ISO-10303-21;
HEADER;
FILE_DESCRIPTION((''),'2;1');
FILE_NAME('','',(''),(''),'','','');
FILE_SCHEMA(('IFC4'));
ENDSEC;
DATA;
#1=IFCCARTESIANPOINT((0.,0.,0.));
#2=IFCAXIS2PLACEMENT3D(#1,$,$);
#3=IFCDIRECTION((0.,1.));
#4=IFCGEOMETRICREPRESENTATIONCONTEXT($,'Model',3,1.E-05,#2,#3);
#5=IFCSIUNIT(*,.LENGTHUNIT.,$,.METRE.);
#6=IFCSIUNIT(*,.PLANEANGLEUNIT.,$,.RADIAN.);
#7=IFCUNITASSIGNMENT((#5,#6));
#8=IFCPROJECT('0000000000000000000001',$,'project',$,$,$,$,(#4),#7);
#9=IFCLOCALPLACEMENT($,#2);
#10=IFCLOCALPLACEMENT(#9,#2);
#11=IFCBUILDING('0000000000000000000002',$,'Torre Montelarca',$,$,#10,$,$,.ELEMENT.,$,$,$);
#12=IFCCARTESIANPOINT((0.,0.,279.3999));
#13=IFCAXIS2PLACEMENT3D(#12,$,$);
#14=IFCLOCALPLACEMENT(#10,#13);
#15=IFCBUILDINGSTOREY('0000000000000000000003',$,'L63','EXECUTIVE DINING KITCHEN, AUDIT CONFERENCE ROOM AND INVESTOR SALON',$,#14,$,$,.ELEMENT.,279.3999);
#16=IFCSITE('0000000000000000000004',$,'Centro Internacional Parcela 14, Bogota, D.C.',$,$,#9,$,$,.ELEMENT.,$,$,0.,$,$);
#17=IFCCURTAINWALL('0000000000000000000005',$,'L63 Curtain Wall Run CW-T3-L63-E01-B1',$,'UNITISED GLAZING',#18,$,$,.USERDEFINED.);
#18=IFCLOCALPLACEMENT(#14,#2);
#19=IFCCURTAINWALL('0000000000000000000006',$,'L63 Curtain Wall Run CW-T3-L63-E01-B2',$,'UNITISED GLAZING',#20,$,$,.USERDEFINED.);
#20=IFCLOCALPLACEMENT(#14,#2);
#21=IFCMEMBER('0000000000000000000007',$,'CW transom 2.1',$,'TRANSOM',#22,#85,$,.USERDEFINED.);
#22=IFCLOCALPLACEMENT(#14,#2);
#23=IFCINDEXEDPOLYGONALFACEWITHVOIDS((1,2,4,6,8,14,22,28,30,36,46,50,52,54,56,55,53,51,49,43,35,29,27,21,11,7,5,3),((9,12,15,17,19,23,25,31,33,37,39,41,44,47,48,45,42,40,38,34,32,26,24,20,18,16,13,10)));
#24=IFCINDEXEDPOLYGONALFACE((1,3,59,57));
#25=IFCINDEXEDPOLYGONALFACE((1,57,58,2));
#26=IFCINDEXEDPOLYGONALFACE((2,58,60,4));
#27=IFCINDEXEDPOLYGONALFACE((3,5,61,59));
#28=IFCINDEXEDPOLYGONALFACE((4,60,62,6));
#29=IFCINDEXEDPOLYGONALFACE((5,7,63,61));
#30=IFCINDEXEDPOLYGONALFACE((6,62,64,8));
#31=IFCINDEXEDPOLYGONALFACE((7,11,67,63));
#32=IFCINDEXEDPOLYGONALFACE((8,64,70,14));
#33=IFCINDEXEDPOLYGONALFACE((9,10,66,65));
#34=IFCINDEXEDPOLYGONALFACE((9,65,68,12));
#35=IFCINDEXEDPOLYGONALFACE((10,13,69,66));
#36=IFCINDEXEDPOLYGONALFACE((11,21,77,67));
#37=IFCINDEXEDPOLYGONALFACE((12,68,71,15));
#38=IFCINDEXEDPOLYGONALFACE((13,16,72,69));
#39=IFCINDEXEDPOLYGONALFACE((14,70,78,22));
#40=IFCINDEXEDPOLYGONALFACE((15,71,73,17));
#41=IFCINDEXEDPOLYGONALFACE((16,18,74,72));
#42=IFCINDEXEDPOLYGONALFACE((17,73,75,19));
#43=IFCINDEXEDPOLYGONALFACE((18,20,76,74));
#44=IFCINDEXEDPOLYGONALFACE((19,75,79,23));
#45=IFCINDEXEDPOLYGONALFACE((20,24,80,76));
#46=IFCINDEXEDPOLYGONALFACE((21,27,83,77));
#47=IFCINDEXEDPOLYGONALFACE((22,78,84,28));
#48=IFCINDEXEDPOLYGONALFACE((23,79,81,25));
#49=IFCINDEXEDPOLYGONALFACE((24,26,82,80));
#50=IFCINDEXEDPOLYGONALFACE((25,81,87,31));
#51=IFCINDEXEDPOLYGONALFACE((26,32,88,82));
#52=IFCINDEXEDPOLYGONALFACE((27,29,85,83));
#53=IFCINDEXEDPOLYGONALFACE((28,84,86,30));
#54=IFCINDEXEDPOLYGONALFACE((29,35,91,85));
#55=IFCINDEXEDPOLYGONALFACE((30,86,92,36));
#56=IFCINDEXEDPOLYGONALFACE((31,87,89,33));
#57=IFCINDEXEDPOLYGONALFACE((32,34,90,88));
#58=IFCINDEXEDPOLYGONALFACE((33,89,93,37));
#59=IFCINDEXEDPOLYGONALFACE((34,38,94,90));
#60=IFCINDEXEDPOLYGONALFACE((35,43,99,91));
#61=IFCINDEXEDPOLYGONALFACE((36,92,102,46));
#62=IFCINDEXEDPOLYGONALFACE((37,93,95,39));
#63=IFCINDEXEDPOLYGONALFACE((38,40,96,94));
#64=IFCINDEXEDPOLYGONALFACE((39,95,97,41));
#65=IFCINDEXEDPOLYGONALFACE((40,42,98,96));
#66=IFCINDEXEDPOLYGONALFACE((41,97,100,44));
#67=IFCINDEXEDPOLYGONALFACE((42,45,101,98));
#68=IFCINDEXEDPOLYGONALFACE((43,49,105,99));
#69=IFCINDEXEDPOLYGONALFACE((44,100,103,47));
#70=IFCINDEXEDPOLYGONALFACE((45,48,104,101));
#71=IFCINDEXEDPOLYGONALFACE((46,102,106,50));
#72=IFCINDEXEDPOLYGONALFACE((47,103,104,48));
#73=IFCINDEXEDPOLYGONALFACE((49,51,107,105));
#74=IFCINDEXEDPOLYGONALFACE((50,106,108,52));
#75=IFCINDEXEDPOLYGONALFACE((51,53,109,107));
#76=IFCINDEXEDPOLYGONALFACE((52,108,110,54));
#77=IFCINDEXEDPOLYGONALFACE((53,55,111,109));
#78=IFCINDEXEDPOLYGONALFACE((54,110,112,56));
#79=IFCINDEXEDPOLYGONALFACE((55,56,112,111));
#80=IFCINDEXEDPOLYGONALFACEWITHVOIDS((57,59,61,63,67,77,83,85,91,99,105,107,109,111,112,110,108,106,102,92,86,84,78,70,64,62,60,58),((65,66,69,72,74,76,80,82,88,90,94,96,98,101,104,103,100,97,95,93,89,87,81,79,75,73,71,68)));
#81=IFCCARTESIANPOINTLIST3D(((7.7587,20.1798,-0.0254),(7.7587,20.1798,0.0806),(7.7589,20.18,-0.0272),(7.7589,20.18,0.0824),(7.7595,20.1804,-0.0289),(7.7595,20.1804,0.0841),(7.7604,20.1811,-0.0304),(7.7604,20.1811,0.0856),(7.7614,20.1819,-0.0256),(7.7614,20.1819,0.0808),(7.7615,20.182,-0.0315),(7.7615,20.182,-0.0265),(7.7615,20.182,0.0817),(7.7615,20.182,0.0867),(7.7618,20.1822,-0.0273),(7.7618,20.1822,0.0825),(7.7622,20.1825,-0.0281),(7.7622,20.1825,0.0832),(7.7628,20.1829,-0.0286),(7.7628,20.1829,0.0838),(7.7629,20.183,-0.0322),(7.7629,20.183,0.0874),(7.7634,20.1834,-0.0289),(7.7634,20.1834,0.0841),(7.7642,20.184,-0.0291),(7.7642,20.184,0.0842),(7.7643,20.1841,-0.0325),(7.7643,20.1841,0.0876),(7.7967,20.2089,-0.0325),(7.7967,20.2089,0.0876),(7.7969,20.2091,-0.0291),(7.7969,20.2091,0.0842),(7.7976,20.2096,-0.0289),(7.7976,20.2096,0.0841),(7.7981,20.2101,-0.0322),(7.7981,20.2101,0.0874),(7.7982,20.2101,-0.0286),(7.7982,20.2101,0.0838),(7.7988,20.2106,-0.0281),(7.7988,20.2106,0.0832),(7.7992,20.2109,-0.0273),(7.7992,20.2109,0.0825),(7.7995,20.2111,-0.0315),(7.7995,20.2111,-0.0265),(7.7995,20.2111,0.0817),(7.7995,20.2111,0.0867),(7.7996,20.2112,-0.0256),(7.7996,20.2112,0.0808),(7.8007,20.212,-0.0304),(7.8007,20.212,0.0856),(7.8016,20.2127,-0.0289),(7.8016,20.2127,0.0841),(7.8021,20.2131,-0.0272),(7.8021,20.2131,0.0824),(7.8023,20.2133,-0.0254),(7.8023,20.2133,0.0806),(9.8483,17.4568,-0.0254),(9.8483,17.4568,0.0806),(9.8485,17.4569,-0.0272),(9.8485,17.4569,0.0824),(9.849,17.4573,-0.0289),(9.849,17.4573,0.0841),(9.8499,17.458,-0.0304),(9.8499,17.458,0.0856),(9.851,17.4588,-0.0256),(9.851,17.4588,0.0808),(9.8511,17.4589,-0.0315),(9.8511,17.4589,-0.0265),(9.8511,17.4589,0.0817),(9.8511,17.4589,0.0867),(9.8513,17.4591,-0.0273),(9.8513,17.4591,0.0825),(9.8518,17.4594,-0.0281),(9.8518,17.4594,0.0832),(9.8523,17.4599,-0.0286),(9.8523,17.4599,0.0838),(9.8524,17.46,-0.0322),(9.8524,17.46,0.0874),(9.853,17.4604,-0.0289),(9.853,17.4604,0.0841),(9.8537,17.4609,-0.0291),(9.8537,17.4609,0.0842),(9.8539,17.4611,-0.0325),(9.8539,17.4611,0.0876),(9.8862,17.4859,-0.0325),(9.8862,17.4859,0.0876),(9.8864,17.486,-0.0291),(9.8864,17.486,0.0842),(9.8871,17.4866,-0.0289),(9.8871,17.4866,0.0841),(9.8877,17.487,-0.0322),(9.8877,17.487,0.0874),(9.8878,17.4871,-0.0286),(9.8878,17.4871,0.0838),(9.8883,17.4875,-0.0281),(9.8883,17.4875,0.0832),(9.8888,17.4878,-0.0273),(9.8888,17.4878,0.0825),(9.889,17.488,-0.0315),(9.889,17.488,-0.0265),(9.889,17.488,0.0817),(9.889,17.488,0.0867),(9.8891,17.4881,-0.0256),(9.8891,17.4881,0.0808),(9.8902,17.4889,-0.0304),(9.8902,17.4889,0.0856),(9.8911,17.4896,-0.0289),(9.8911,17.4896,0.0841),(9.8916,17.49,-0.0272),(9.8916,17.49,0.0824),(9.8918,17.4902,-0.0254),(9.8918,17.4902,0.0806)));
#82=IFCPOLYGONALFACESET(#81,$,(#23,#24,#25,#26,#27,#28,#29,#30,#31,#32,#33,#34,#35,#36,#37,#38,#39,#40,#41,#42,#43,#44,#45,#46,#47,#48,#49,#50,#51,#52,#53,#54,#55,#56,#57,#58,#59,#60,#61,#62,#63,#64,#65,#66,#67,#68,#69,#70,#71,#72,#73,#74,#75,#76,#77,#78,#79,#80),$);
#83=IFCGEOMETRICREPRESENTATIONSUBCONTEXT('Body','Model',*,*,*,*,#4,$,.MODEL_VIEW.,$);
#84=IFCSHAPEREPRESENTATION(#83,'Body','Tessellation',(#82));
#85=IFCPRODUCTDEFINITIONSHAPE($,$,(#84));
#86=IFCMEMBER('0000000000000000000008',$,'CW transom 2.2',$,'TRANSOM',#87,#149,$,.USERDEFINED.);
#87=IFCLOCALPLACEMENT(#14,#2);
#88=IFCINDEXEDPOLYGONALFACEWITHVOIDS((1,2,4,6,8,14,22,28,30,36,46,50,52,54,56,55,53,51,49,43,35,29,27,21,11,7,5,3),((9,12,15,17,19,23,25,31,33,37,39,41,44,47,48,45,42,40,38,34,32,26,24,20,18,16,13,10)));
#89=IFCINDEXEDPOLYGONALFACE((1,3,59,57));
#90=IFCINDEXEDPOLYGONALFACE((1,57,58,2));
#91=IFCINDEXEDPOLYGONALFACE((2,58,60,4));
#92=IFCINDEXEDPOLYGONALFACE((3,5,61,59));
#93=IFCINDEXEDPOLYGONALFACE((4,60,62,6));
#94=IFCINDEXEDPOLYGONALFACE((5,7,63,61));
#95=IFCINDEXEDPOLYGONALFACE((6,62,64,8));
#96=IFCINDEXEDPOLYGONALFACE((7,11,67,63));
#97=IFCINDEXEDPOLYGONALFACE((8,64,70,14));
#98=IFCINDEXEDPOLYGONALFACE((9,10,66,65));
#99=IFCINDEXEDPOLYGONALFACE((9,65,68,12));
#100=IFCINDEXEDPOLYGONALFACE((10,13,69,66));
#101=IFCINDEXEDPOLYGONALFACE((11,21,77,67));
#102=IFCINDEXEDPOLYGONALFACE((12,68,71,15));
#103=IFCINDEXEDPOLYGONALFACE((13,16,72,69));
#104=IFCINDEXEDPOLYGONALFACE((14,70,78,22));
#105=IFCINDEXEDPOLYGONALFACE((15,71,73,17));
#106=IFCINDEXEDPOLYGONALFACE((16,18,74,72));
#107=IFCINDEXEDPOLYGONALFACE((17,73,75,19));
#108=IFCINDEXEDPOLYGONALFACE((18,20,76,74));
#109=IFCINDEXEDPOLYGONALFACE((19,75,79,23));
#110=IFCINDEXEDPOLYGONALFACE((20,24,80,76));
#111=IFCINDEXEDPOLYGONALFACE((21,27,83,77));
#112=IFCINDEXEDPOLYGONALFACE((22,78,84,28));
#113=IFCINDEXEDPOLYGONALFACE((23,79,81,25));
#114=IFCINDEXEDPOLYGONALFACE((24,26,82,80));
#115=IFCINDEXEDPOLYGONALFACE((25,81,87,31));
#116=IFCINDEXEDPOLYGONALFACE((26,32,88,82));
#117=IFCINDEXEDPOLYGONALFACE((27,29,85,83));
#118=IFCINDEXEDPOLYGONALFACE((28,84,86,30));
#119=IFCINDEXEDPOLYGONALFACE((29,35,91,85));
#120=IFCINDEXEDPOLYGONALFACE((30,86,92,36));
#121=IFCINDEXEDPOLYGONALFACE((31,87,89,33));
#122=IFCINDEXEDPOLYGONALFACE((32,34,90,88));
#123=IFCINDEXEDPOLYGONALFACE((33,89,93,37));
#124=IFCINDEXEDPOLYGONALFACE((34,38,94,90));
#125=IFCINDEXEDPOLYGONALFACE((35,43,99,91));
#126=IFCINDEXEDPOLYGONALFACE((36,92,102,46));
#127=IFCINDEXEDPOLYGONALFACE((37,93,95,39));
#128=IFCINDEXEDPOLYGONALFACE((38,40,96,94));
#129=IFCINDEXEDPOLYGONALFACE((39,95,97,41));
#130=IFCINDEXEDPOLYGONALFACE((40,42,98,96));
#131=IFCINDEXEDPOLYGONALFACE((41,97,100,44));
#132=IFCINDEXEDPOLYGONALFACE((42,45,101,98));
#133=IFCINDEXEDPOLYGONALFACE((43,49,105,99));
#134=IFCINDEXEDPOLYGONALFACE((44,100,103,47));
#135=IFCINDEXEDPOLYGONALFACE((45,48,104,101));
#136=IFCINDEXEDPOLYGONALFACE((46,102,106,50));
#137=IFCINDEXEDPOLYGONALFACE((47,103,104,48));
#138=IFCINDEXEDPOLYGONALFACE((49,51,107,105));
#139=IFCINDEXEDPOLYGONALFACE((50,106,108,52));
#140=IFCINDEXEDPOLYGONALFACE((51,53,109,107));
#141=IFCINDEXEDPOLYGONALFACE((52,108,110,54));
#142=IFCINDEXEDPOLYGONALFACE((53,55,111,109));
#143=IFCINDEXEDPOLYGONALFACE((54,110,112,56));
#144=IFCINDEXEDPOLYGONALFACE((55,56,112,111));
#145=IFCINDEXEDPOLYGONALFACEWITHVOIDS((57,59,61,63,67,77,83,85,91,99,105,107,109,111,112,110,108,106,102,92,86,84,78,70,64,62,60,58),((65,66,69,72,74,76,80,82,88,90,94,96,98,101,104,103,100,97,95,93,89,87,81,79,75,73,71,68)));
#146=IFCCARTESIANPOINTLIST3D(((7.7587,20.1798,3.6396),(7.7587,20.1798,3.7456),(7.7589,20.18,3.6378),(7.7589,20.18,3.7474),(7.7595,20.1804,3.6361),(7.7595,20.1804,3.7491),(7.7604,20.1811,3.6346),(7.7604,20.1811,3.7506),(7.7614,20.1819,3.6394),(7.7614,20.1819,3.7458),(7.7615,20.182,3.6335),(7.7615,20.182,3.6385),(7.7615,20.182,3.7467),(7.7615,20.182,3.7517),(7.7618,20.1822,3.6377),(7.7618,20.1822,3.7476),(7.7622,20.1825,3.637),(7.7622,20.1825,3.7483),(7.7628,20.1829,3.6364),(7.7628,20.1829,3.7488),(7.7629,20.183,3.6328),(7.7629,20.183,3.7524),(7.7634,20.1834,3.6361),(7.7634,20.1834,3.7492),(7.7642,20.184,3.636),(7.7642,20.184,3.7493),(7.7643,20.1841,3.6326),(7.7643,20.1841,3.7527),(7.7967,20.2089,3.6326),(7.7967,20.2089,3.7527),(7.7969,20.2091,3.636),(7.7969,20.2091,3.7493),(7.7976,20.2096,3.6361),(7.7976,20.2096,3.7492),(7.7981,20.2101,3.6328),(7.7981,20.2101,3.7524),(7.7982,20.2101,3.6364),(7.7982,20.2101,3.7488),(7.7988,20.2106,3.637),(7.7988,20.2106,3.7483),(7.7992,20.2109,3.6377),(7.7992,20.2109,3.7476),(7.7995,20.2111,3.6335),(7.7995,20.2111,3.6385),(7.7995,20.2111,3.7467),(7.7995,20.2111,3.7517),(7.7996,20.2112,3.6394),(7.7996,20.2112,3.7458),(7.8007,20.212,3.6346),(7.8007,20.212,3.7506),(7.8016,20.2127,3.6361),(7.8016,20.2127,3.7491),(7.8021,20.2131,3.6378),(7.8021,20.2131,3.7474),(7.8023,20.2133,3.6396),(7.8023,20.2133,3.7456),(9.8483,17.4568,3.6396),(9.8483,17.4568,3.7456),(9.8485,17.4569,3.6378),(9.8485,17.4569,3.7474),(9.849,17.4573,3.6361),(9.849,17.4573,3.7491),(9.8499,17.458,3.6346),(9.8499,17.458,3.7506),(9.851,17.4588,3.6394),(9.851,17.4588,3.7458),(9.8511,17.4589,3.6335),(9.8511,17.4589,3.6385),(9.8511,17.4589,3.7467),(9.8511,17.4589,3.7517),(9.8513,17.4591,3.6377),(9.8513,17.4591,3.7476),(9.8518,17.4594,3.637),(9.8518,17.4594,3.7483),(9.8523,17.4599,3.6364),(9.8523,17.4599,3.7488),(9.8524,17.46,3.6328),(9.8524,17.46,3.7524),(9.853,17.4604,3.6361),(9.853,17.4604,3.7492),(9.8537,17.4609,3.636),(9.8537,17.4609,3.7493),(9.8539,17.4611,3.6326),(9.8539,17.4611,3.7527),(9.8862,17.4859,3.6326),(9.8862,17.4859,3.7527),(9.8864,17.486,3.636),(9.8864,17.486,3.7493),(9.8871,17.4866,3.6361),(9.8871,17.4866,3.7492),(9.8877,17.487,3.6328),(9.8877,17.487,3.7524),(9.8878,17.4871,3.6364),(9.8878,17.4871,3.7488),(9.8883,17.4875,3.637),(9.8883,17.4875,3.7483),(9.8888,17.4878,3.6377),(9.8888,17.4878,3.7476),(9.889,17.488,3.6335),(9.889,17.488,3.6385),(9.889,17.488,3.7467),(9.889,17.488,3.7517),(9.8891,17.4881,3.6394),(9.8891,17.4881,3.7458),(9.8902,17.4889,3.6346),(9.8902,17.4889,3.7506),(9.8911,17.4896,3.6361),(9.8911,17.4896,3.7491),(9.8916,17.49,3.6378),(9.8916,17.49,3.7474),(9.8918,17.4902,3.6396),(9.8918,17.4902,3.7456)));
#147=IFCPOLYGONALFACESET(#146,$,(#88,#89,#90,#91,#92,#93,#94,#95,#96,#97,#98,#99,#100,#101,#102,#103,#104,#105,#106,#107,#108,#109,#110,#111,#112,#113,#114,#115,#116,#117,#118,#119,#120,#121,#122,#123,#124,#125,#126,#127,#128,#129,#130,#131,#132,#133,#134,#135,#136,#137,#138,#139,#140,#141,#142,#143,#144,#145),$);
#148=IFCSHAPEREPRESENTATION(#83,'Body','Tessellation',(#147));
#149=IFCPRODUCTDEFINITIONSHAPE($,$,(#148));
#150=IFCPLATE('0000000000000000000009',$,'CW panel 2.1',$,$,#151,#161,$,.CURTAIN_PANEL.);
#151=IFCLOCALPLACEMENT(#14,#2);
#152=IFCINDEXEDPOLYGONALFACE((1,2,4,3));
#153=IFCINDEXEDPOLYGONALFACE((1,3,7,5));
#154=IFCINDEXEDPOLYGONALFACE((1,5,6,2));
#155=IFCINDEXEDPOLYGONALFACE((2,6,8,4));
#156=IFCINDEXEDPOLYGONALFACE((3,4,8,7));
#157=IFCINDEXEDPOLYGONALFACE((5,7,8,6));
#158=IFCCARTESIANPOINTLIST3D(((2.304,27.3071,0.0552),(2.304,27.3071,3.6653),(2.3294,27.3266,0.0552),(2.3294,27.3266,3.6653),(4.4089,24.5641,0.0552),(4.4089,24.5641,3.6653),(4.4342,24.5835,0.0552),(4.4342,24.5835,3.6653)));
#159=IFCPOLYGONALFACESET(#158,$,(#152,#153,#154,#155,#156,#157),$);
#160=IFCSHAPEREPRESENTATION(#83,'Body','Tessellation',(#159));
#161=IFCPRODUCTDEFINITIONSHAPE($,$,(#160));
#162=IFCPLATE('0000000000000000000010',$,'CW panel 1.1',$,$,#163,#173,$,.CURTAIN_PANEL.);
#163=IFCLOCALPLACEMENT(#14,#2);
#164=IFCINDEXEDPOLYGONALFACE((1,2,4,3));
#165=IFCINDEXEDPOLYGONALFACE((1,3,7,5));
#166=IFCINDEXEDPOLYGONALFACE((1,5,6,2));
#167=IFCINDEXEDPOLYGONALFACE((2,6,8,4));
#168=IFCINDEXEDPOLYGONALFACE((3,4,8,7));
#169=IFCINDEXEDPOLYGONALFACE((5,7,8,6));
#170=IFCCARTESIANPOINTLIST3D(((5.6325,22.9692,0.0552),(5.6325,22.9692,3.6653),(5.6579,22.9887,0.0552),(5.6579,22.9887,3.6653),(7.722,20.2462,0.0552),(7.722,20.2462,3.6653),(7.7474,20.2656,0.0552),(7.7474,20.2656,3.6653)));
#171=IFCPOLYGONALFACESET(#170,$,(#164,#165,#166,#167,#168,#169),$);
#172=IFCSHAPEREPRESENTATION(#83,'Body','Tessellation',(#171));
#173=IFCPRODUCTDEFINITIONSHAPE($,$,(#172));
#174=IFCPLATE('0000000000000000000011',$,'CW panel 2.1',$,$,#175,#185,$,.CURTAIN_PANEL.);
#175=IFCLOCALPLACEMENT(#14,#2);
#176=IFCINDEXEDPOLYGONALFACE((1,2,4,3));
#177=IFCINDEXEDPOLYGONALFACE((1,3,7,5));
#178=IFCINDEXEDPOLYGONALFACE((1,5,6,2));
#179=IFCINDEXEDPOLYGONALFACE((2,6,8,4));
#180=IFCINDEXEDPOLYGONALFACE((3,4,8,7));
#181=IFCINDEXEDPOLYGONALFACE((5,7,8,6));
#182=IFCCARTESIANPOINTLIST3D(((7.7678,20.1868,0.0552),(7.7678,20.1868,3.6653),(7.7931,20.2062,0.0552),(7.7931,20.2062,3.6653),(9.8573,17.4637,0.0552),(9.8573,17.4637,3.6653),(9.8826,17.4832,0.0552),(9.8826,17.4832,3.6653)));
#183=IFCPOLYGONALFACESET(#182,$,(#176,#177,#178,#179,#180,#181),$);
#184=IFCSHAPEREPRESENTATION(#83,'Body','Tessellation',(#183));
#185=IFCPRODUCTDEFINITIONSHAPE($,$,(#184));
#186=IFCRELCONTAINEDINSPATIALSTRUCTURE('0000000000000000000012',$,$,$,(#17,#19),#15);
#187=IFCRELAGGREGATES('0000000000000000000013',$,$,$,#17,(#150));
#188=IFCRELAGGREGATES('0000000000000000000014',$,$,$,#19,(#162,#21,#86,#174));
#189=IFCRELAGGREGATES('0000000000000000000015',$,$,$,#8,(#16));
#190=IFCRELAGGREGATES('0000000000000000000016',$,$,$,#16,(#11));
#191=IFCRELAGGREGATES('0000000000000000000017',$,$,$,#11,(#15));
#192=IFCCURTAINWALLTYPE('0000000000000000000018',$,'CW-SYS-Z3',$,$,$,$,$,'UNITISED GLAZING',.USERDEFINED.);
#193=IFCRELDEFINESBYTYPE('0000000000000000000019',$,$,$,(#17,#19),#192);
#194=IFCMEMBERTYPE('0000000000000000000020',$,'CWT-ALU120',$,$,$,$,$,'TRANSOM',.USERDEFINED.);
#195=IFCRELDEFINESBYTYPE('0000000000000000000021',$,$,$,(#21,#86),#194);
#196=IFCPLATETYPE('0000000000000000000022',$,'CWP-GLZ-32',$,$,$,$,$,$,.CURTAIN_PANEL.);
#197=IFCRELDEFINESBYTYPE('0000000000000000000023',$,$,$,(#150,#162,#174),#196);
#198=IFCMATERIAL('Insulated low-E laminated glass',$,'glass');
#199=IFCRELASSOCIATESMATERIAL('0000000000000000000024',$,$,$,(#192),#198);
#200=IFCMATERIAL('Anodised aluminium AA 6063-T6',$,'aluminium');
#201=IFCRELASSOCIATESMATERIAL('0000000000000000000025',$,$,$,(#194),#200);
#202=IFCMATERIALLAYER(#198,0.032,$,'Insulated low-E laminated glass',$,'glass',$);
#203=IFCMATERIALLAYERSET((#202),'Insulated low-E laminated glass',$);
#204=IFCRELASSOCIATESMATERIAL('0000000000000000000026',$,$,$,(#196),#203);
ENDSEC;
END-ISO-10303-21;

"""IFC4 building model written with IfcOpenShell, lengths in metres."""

from ifc_helpers import new_model, si_unit, direction, frame, origin, origin_2d, place, context, subcontext, project, spatial, rectangle, hollow_rectangle, extrude, source, transform, mapped, material, layer, layer_set, material_profile, profile_set, type_object, element, aggregate, save


model = new_model("IFC4")

# Units and contexts
model_context = context("Model", 3, precision=1e-05, world=origin(), true_north=direction((0.0, 1.0)))
body_context = subcontext(model_context, "Body", "Model", "MODEL_VIEW")
ifc_project = project(units=[si_unit("LENGTHUNIT", "METRE"), si_unit("PLANEANGLEUNIT", "RADIAN")], contexts=[model_context])

# Site, building, storey
site_placement = place(None, origin())
site = spatial("IfcSite", under=ifc_project, at=site_placement, Name="Centro Internacional Parcela 14, Bogota, D.C.", CompositionType="ELEMENT", RefElevation=0.0)
building_placement = place(site_placement, origin())
building = spatial("IfcBuilding", under=site, at=building_placement, Name="Torre Montelarca", CompositionType="ELEMENT")
storey_placement = place(building_placement, frame((0.0, 0.0, 279.3999)))
storey = spatial("IfcBuildingStorey", under=building, at=storey_placement, Name="L63", Description="EXECUTIVE DINING KITCHEN, AUDIT CONFERENCE ROOM AND INVESTOR SALON", CompositionType="ELEMENT", Elevation=279.3999)

# Curtain walls
ifc_material_1 = material(Name="Insulated low-E laminated glass", Category="glass")
curtain_wall_type = type_object("IfcCurtainWallType", Name="CW-SYS-Z3", ElementType="UNITISED GLAZING", PredefinedType="USERDEFINED", material=ifc_material_1)
curtain_wall_1_placement = place(storey_placement, origin())
curtain_wall_1 = element("IfcCurtainWall", 1, at=curtain_wall_1_placement, inside=storey, type_object=curtain_wall_type, Name="L63 Curtain Wall Run CW-T3-L63-E01-B1", ObjectType="UNITISED GLAZING", PredefinedType="USERDEFINED")
ifc_material_2 = material(Name="Anodised aluminium AA 6063-T6", Category="aluminium")
curtain_wall_2_placement = place(storey_placement, origin())
curtain_wall_2 = element("IfcCurtainWall", 2, at=curtain_wall_2_placement, inside=storey, type_object=curtain_wall_type, Name="L63 Curtain Wall Run CW-T3-L63-E01-B2", ObjectType="UNITISED GLAZING", PredefinedType="USERDEFINED")

# Members
ifc_material_profile_1 = material_profile(ifc_material_2, hollow_rectangle(XDim=0.0549, YDim=0.1201, WallThickness=0.0034, InnerFilletRadius=0.0034, OuterFilletRadius=0.0071, at=origin_2d()), Name="ALU55X120X3.5", Category="aluminium")
ifc_profile_set_1 = profile_set([ifc_material_profile_1], Name="Anodised aluminium AA 6063-T6")
member_type_1 = type_object("IfcMemberType", Name="CWT-ALU120", ElementType="TRANSOM", PredefinedType="USERDEFINED", material=ifc_profile_set_1)
shared_shape_1 = source(origin(), body_context, "Body", "SweptSolid", [
    extrude(hollow_rectangle(XDim=0.0549, YDim=0.1201, WallThickness=0.0034, InnerFilletRadius=0.0034, OuterFilletRadius=0.0071, at=origin_2d()), origin(), (0.0, 0.0, 1.0), 3.4324),
])
member_1_placement = place(storey_placement, frame((7.7805, 20.1965, 0.0276), z_axis=(0.608772, -0.793345, 0.0), x_axis=(0.793345, 0.608772, 0.0)))
member_1 = element("IfcMember", 3, at=member_1_placement, type_object=member_type_1, Name="CW transom 2.1", ObjectType="TRANSOM", PredefinedType="USERDEFINED", context=body_context, shape_type="MappedRepresentation", body=[
    mapped(shared_shape_1, transform((0.0, 0.0, 0.0), scale=1.0)),
])
member_2_placement = place(storey_placement, frame((7.7805, 20.1965, 3.6926), z_axis=(0.608772, -0.793345, 0.0), x_axis=(0.793345, 0.608772, 0.0)))
member_2 = element("IfcMember", 4, at=member_2_placement, type_object=member_type_1, Name="CW transom 2.2", ObjectType="TRANSOM", PredefinedType="USERDEFINED", context=body_context, shape_type="MappedRepresentation", body=[
    mapped(shared_shape_1, transform((0.0, 0.0, 0.0), scale=1.0)),
])

# Plates
ifc_layer_1 = layer(ifc_material_1, 0.032, Name="Insulated low-E laminated glass", Category="glass")
ifc_layer_set_1 = layer_set([ifc_layer_1], Name="Insulated low-E laminated glass")
plate_type = type_object("IfcPlateType", Name="CWP-GLZ-32", PredefinedType="CURTAIN_PANEL", material=ifc_layer_set_1)
shared_shape_2 = source(origin(), body_context, "Body", "SweptSolid", [
    extrude(rectangle(XDim=3.4575, YDim=0.032, at=origin_2d()), origin(), (0.0, 0.0, 1.0), 3.6101),
])
plate_1_placement = place(storey_placement, frame((3.3691, 25.9453, 0.0552), z_axis=(0.0, 0.0, 1.0), x_axis=(0.608768, -0.793348, 0.0)))
plate_1 = element("IfcPlate", 5, at=plate_1_placement, type_object=plate_type, Name="CW panel 2.1", PredefinedType="CURTAIN_PANEL", context=body_context, shape_type="MappedRepresentation", body=[
    mapped(shared_shape_2, transform((0.0, 0.0, 0.0), scale=1.0)),
])
aggregate(curtain_wall_1, [plate_1])
shared_shape_3 = source(origin(), body_context, "Body", "SweptSolid", [
    extrude(rectangle(XDim=3.4324, YDim=0.032, at=origin_2d()), origin(), (0.0, 0.0, 1.0), 3.6101),
])
plate_2_placement = place(storey_placement, frame((6.6899, 21.6174, 0.0552), z_axis=(0.0, 0.0, 1.0), x_axis=(0.608765, -0.793351, 0.0)))
plate_2 = element("IfcPlate", 6, at=plate_2_placement, type_object=plate_type, Name="CW panel 1.1", PredefinedType="CURTAIN_PANEL", context=body_context, shape_type="MappedRepresentation", body=[
    mapped(shared_shape_3, transform((0.0, 0.0, 0.0), scale=1.0)),
])
plate_3_placement = place(storey_placement, frame((8.8252, 18.835, 0.0552), z_axis=(0.0, 0.0, 1.0), x_axis=(0.608765, -0.793351, 0.0)))
plate_3 = element("IfcPlate", 7, at=plate_3_placement, type_object=plate_type, Name="CW panel 2.1", PredefinedType="CURTAIN_PANEL", context=body_context, shape_type="MappedRepresentation", body=[
    mapped(shared_shape_3, transform((0.0, 0.0, 0.0), scale=1.0)),
])
aggregate(curtain_wall_2, [plate_2, member_1, member_2, plate_3])

save(model, "model.ifc")
